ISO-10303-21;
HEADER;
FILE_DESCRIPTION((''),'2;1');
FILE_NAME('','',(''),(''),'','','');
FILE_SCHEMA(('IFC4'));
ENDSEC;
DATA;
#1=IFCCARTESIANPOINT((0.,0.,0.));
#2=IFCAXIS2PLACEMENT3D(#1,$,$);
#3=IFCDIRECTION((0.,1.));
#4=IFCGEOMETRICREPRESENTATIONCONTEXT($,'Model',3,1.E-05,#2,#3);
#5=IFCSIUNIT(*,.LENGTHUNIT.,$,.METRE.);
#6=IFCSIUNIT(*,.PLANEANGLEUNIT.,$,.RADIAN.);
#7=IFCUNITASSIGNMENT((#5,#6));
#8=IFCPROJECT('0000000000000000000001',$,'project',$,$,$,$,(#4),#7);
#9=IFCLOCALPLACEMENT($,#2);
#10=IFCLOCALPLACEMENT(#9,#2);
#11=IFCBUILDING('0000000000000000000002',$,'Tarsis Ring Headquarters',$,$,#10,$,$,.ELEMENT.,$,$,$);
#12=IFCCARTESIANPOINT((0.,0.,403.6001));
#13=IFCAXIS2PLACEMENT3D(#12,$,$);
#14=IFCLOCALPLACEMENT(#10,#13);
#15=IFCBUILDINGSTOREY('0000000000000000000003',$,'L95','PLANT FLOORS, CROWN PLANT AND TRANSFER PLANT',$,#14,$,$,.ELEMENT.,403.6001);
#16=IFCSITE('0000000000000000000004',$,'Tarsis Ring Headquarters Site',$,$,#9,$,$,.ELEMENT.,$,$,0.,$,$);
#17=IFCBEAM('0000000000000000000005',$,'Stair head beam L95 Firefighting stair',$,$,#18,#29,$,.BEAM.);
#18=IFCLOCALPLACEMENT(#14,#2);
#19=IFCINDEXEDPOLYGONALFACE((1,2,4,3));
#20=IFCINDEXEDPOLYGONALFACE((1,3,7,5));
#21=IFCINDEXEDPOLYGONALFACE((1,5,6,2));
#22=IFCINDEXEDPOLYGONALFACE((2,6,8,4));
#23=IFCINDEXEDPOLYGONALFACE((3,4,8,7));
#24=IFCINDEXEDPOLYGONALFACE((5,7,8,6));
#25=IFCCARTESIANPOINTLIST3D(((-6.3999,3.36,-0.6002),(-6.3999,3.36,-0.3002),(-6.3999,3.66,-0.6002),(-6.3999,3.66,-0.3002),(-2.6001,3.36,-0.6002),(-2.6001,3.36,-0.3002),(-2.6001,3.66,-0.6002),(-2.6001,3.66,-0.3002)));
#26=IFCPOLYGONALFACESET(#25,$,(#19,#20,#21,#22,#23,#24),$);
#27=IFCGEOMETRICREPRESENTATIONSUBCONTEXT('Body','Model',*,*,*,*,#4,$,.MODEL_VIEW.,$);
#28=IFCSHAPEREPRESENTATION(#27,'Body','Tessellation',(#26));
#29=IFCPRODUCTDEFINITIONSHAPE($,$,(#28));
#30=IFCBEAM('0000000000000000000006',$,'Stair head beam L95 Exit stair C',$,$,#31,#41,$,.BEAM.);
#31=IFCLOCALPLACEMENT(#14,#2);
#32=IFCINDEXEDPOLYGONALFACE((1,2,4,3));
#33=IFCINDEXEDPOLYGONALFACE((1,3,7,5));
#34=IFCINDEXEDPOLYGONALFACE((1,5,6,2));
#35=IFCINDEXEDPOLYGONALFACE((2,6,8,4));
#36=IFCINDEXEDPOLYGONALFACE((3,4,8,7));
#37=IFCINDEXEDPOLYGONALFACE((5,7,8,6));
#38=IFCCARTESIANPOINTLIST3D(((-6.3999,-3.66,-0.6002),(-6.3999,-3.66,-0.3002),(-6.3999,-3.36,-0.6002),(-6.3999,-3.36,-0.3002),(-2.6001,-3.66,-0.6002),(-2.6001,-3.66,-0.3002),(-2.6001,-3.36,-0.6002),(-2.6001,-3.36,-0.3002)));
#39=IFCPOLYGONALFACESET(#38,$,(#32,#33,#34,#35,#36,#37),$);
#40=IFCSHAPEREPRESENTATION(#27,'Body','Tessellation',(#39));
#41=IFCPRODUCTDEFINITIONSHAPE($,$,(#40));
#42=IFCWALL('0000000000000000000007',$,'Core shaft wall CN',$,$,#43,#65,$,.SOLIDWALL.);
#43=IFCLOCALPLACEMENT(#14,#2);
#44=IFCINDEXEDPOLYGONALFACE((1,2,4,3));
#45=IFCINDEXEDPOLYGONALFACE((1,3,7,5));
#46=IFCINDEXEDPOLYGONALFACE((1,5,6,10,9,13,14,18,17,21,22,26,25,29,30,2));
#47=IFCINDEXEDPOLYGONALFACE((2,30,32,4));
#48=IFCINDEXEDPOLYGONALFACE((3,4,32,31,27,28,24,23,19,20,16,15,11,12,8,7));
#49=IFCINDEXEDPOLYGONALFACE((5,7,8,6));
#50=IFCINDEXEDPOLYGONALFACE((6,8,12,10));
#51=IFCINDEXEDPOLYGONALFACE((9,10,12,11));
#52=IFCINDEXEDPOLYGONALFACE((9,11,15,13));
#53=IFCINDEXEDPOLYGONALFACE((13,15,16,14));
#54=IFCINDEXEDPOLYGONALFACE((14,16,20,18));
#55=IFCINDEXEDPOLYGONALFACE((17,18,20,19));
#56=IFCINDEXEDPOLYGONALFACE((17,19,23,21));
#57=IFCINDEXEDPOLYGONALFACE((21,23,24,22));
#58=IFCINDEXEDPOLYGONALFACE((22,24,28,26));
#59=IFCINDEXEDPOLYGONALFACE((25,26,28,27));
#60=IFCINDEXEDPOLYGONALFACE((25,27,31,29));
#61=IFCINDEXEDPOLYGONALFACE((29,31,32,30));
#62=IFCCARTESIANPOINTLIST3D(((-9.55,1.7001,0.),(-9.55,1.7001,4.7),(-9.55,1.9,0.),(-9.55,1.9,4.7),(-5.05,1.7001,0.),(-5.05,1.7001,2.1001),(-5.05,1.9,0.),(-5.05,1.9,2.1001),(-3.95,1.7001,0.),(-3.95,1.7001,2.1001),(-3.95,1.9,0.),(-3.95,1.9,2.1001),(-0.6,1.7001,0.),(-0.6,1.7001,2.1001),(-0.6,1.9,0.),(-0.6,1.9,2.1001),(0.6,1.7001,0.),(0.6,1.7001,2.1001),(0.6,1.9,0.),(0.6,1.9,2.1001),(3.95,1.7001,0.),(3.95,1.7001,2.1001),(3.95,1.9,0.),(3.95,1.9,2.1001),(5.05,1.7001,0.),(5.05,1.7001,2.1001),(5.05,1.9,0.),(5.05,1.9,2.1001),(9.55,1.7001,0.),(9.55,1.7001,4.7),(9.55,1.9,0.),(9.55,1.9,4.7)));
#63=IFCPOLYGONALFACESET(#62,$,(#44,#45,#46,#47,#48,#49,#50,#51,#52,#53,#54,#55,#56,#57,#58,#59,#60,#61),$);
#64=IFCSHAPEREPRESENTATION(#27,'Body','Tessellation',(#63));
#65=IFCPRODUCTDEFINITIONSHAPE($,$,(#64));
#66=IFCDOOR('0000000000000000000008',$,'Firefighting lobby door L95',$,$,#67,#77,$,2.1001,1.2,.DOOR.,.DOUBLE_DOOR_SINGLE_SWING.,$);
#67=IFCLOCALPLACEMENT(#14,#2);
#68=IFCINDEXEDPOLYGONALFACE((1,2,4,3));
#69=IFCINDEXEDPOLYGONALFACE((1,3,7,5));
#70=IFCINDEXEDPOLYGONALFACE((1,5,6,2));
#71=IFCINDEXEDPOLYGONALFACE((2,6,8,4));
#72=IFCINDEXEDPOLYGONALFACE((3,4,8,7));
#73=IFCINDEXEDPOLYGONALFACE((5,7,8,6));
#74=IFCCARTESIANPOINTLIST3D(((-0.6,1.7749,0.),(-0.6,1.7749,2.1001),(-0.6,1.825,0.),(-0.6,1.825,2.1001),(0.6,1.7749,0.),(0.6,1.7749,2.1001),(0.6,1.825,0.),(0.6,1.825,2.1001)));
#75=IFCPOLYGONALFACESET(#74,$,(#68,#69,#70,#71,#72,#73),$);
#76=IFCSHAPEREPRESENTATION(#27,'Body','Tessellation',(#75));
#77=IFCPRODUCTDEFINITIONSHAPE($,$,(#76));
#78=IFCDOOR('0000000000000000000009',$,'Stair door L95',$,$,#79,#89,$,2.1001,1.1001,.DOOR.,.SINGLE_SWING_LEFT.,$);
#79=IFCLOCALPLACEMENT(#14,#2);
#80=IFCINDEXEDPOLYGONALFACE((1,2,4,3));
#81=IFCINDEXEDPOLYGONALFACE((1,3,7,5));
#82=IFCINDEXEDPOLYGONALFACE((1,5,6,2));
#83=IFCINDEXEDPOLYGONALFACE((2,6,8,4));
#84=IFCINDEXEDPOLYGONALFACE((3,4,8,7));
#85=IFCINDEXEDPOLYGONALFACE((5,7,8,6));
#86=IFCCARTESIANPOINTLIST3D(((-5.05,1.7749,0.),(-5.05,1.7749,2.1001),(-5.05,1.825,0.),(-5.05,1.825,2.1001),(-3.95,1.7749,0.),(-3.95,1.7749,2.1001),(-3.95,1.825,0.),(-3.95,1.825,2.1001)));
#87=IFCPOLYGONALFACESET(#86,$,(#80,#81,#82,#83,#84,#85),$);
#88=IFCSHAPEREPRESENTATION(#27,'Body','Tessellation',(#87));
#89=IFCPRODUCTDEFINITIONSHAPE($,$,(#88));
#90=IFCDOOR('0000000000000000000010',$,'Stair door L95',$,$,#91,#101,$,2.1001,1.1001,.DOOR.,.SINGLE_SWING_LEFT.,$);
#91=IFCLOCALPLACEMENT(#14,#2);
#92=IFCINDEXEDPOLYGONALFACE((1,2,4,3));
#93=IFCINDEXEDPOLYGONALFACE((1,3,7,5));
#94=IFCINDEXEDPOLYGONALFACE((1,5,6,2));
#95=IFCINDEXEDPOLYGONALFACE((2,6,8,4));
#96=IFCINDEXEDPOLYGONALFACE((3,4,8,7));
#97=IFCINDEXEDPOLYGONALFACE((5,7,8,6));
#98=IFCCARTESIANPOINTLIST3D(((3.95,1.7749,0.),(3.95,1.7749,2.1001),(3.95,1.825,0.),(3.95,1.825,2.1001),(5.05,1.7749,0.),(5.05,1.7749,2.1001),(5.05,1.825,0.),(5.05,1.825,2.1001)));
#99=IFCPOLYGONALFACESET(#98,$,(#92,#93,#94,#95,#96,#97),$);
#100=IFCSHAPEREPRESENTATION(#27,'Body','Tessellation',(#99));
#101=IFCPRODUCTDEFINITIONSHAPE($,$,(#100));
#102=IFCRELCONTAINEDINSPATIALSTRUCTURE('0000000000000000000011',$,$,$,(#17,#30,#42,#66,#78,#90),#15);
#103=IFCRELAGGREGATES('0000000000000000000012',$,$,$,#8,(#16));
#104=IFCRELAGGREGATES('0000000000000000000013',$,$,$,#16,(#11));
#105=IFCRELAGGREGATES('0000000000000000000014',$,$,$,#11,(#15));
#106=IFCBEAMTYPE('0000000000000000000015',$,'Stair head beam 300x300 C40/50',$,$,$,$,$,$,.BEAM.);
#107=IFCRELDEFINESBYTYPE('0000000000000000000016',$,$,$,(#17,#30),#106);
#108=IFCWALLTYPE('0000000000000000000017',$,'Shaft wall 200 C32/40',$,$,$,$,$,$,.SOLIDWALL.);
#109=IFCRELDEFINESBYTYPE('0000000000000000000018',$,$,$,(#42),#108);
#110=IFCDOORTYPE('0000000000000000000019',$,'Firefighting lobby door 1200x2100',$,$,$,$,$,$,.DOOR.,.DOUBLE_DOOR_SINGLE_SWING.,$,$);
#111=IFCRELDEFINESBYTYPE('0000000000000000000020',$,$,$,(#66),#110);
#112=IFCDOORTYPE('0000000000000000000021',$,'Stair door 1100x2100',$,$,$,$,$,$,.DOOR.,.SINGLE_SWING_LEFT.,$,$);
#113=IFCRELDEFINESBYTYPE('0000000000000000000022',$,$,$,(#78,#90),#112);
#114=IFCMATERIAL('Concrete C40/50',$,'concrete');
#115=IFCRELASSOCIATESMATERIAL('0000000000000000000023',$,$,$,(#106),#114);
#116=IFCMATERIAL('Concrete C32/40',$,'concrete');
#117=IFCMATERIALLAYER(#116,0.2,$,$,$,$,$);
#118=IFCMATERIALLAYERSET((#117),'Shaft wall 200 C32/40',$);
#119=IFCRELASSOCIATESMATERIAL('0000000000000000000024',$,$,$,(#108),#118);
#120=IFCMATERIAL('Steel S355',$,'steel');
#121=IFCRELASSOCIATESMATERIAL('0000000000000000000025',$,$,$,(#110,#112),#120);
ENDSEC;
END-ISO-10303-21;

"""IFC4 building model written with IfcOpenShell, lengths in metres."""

from ifc_helpers import new_model, si_unit, direction, frame, frame_2d, origin, origin_2d, place, context, subcontext, project, spatial, rectangle, extrude, material, layer, layer_set, material_profile, profile_set, type_object, element, fill, save


model = new_model("IFC4")

# Units and contexts
model_context = context("Model", 3, precision=1e-05, world=origin(), true_north=direction((0.0, 1.0)))
body_context = subcontext(model_context, "Body", "Model", "MODEL_VIEW")
ifc_project = project(units=[si_unit("LENGTHUNIT", "METRE"), si_unit("PLANEANGLEUNIT", "RADIAN")], contexts=[model_context])

# Site, building, storey
site_placement = place(None, origin())
site = spatial("IfcSite", under=ifc_project, at=site_placement, Name="Tarsis Ring Headquarters Site", CompositionType="ELEMENT", RefElevation=0.0)
building_placement = place(site_placement, origin())
building = spatial("IfcBuilding", under=site, at=building_placement, Name="Tarsis Ring Headquarters", CompositionType="ELEMENT")
storey_placement = place(building_placement, frame((0.0, 0.0, 403.6001)))
storey = spatial("IfcBuildingStorey", under=building, at=storey_placement, Name="L95", Description="PLANT FLOORS, CROWN PLANT AND TRANSFER PLANT", CompositionType="ELEMENT", Elevation=403.6001)

# Beams
ifc_material_1 = material(Name="Concrete C40/50", Category="concrete")
ifc_material_profile = material_profile(ifc_material_1, rectangle(XDim=0.3, YDim=0.3, at=origin_2d()), Name="Stair head beam 300x300 C40/50")
ifc_profile_set = profile_set([ifc_material_profile], Name="Concrete C40/50")
beam_type = type_object("IfcBeamType", Name="Stair head beam 300x300 C40/50", PredefinedType="BEAM", material=ifc_profile_set)
for number, where, z_axis, x_axis, name in (
    (1, (-6.3999, 3.51, -0.4502), (1.0, 0.0, 0.0), (0.0, 1.0, 0.0), "Stair head beam L95 Firefighting stair"),
    (2, (-6.3999, -3.51, -0.4502), (1.0, 0.0, 0.0), (0.0, 1.0, 0.0), "Stair head beam L95 Exit stair C"),
):
    element("IfcBeam", number, at=place(storey_placement, frame(where, z_axis=z_axis, x_axis=x_axis)), inside=storey, type_object=beam_type, Name=name, PredefinedType="BEAM", context=body_context, shape_type="SweptSolid", body=[
        extrude(rectangle(XDim=0.3, YDim=0.3, at=origin_2d()), origin(), (0.0, 0.0, 1.0), 3.7998),
    ])

# Wall, openings, doors
ifc_material_2 = material(Name="Concrete C32/40", Category="concrete")
ifc_layer = layer(ifc_material_2, 0.2)
ifc_layer_set = layer_set([ifc_layer], Name="Shaft wall 200 C32/40")
wall_type = type_object("IfcWallType", Name="Shaft wall 200 C32/40", PredefinedType="SOLIDWALL", material=ifc_layer_set)
wall_1_placement = place(storey_placement, frame((-9.55, 1.8, 0.0), z_axis=(0.0, 0.0, 1.0), x_axis=(1.0, 0.0, 0.0)))
wall_1 = element("IfcWall", 3, at=wall_1_placement, inside=storey, type_object=wall_type, Name="Core shaft wall CN", PredefinedType="SOLIDWALL", context=body_context, shape_type="SweptSolid", body=[
    extrude(rectangle(XDim=19.1001, YDim=0.2, at=frame_2d((9.55, 0.0))), origin(), (0.0, 0.0, 1.0), 4.7),
])
opening_1_placement = place(wall_1_placement, frame((4.5, 0.0, 0.0)))
opening_1 = element("IfcOpeningElement", 4, at=opening_1_placement, cuts=wall_1, PredefinedType="OPENING", context=body_context, shape_type="SweptSolid", body=[
    extrude(rectangle(XDim=1.1001, YDim=2.1001, at=frame_2d((0.55, 1.05))), frame((0.0, 0.1099, 0.0), z_axis=(0.0, -1.0, 0.0), x_axis=(1.0, 0.0, 0.0)), (0.0, 0.0, 1.0), 0.22),
])
opening_2_placement = place(wall_1_placement, frame((8.95, 0.0, 0.0)))
opening_2 = element("IfcOpeningElement", 5, at=opening_2_placement, cuts=wall_1, PredefinedType="OPENING", context=body_context, shape_type="SweptSolid", body=[
    extrude(rectangle(XDim=1.2, YDim=2.1001, at=frame_2d((0.6001, 1.05))), frame((0.0, 0.1099, 0.0), z_axis=(0.0, -1.0, 0.0), x_axis=(1.0, 0.0, 0.0)), (0.0, 0.0, 1.0), 0.22),
])
opening_3_placement = place(wall_1_placement, frame((13.5, 0.0, 0.0)))
opening_3 = element("IfcOpeningElement", 6, at=opening_3_placement, cuts=wall_1, PredefinedType="OPENING", context=body_context, shape_type="SweptSolid", body=[
    extrude(rectangle(XDim=1.1001, YDim=2.1001, at=frame_2d((0.55, 1.05))), frame((0.0, 0.1099, 0.0), z_axis=(0.0, -1.0, 0.0), x_axis=(1.0, 0.0, 0.0)), (0.0, 0.0, 1.0), 0.22),
])
ifc_material_3 = material(Name="Steel S355", Category="steel")
door_type_1 = type_object("IfcDoorType", Name="Firefighting lobby door 1200x2100", OperationType="DOUBLE_DOOR_SINGLE_SWING", PredefinedType="DOOR", material=ifc_material_3)
door_1_placement = place(opening_2_placement, origin())
door_1 = element("IfcDoor", 7, at=door_1_placement, inside=storey, type_object=door_type_1, Name="Firefighting lobby door L95", OperationType="DOUBLE_DOOR_SINGLE_SWING", OverallHeight=2.1001, OverallWidth=1.2, PredefinedType="DOOR", context=body_context, shape_type="SweptSolid", body=[
    extrude(rectangle(XDim=1.2, YDim=2.1001, at=frame_2d((0.6001, 1.05))), frame((0.0, 0.0249, 0.0), z_axis=(0.0, -1.0, 0.0), x_axis=(1.0, 0.0, 0.0)), (0.0, 0.0, 1.0), 0.05),
])
fill(opening_2, door_1)
door_type_2 = type_object("IfcDoorType", Name="Stair door 1100x2100", OperationType="SINGLE_SWING_LEFT", PredefinedType="DOOR", material=ifc_material_3)
door_2_placement = place(opening_1_placement, origin())
door_2 = element("IfcDoor", 8, at=door_2_placement, inside=storey, type_object=door_type_2, Name="Stair door L95", OperationType="SINGLE_SWING_LEFT", OverallHeight=2.1001, OverallWidth=1.1001, PredefinedType="DOOR", context=body_context, shape_type="SweptSolid", body=[
    extrude(rectangle(XDim=1.1001, YDim=2.1001, at=frame_2d((0.55, 1.05))), frame((0.0, 0.0249, 0.0), z_axis=(0.0, -1.0, 0.0), x_axis=(1.0, 0.0, 0.0)), (0.0, 0.0, 1.0), 0.05),
])
fill(opening_1, door_2)
door_3_placement = place(opening_3_placement, origin())
door_3 = element("IfcDoor", 9, at=door_3_placement, inside=storey, type_object=door_type_2, Name="Stair door L95", OperationType="SINGLE_SWING_LEFT", OverallHeight=2.1001, OverallWidth=1.1001, PredefinedType="DOOR", context=body_context, shape_type="SweptSolid", body=[
    extrude(rectangle(XDim=1.1001, YDim=2.1001, at=frame_2d((0.55, 1.05))), frame((0.0, 0.0249, 0.0), z_axis=(0.0, -1.0, 0.0), x_axis=(1.0, 0.0, 0.0)), (0.0, 0.0, 1.0), 0.05),
])
fill(opening_3, door_3)

save(model, "model.ifc")
